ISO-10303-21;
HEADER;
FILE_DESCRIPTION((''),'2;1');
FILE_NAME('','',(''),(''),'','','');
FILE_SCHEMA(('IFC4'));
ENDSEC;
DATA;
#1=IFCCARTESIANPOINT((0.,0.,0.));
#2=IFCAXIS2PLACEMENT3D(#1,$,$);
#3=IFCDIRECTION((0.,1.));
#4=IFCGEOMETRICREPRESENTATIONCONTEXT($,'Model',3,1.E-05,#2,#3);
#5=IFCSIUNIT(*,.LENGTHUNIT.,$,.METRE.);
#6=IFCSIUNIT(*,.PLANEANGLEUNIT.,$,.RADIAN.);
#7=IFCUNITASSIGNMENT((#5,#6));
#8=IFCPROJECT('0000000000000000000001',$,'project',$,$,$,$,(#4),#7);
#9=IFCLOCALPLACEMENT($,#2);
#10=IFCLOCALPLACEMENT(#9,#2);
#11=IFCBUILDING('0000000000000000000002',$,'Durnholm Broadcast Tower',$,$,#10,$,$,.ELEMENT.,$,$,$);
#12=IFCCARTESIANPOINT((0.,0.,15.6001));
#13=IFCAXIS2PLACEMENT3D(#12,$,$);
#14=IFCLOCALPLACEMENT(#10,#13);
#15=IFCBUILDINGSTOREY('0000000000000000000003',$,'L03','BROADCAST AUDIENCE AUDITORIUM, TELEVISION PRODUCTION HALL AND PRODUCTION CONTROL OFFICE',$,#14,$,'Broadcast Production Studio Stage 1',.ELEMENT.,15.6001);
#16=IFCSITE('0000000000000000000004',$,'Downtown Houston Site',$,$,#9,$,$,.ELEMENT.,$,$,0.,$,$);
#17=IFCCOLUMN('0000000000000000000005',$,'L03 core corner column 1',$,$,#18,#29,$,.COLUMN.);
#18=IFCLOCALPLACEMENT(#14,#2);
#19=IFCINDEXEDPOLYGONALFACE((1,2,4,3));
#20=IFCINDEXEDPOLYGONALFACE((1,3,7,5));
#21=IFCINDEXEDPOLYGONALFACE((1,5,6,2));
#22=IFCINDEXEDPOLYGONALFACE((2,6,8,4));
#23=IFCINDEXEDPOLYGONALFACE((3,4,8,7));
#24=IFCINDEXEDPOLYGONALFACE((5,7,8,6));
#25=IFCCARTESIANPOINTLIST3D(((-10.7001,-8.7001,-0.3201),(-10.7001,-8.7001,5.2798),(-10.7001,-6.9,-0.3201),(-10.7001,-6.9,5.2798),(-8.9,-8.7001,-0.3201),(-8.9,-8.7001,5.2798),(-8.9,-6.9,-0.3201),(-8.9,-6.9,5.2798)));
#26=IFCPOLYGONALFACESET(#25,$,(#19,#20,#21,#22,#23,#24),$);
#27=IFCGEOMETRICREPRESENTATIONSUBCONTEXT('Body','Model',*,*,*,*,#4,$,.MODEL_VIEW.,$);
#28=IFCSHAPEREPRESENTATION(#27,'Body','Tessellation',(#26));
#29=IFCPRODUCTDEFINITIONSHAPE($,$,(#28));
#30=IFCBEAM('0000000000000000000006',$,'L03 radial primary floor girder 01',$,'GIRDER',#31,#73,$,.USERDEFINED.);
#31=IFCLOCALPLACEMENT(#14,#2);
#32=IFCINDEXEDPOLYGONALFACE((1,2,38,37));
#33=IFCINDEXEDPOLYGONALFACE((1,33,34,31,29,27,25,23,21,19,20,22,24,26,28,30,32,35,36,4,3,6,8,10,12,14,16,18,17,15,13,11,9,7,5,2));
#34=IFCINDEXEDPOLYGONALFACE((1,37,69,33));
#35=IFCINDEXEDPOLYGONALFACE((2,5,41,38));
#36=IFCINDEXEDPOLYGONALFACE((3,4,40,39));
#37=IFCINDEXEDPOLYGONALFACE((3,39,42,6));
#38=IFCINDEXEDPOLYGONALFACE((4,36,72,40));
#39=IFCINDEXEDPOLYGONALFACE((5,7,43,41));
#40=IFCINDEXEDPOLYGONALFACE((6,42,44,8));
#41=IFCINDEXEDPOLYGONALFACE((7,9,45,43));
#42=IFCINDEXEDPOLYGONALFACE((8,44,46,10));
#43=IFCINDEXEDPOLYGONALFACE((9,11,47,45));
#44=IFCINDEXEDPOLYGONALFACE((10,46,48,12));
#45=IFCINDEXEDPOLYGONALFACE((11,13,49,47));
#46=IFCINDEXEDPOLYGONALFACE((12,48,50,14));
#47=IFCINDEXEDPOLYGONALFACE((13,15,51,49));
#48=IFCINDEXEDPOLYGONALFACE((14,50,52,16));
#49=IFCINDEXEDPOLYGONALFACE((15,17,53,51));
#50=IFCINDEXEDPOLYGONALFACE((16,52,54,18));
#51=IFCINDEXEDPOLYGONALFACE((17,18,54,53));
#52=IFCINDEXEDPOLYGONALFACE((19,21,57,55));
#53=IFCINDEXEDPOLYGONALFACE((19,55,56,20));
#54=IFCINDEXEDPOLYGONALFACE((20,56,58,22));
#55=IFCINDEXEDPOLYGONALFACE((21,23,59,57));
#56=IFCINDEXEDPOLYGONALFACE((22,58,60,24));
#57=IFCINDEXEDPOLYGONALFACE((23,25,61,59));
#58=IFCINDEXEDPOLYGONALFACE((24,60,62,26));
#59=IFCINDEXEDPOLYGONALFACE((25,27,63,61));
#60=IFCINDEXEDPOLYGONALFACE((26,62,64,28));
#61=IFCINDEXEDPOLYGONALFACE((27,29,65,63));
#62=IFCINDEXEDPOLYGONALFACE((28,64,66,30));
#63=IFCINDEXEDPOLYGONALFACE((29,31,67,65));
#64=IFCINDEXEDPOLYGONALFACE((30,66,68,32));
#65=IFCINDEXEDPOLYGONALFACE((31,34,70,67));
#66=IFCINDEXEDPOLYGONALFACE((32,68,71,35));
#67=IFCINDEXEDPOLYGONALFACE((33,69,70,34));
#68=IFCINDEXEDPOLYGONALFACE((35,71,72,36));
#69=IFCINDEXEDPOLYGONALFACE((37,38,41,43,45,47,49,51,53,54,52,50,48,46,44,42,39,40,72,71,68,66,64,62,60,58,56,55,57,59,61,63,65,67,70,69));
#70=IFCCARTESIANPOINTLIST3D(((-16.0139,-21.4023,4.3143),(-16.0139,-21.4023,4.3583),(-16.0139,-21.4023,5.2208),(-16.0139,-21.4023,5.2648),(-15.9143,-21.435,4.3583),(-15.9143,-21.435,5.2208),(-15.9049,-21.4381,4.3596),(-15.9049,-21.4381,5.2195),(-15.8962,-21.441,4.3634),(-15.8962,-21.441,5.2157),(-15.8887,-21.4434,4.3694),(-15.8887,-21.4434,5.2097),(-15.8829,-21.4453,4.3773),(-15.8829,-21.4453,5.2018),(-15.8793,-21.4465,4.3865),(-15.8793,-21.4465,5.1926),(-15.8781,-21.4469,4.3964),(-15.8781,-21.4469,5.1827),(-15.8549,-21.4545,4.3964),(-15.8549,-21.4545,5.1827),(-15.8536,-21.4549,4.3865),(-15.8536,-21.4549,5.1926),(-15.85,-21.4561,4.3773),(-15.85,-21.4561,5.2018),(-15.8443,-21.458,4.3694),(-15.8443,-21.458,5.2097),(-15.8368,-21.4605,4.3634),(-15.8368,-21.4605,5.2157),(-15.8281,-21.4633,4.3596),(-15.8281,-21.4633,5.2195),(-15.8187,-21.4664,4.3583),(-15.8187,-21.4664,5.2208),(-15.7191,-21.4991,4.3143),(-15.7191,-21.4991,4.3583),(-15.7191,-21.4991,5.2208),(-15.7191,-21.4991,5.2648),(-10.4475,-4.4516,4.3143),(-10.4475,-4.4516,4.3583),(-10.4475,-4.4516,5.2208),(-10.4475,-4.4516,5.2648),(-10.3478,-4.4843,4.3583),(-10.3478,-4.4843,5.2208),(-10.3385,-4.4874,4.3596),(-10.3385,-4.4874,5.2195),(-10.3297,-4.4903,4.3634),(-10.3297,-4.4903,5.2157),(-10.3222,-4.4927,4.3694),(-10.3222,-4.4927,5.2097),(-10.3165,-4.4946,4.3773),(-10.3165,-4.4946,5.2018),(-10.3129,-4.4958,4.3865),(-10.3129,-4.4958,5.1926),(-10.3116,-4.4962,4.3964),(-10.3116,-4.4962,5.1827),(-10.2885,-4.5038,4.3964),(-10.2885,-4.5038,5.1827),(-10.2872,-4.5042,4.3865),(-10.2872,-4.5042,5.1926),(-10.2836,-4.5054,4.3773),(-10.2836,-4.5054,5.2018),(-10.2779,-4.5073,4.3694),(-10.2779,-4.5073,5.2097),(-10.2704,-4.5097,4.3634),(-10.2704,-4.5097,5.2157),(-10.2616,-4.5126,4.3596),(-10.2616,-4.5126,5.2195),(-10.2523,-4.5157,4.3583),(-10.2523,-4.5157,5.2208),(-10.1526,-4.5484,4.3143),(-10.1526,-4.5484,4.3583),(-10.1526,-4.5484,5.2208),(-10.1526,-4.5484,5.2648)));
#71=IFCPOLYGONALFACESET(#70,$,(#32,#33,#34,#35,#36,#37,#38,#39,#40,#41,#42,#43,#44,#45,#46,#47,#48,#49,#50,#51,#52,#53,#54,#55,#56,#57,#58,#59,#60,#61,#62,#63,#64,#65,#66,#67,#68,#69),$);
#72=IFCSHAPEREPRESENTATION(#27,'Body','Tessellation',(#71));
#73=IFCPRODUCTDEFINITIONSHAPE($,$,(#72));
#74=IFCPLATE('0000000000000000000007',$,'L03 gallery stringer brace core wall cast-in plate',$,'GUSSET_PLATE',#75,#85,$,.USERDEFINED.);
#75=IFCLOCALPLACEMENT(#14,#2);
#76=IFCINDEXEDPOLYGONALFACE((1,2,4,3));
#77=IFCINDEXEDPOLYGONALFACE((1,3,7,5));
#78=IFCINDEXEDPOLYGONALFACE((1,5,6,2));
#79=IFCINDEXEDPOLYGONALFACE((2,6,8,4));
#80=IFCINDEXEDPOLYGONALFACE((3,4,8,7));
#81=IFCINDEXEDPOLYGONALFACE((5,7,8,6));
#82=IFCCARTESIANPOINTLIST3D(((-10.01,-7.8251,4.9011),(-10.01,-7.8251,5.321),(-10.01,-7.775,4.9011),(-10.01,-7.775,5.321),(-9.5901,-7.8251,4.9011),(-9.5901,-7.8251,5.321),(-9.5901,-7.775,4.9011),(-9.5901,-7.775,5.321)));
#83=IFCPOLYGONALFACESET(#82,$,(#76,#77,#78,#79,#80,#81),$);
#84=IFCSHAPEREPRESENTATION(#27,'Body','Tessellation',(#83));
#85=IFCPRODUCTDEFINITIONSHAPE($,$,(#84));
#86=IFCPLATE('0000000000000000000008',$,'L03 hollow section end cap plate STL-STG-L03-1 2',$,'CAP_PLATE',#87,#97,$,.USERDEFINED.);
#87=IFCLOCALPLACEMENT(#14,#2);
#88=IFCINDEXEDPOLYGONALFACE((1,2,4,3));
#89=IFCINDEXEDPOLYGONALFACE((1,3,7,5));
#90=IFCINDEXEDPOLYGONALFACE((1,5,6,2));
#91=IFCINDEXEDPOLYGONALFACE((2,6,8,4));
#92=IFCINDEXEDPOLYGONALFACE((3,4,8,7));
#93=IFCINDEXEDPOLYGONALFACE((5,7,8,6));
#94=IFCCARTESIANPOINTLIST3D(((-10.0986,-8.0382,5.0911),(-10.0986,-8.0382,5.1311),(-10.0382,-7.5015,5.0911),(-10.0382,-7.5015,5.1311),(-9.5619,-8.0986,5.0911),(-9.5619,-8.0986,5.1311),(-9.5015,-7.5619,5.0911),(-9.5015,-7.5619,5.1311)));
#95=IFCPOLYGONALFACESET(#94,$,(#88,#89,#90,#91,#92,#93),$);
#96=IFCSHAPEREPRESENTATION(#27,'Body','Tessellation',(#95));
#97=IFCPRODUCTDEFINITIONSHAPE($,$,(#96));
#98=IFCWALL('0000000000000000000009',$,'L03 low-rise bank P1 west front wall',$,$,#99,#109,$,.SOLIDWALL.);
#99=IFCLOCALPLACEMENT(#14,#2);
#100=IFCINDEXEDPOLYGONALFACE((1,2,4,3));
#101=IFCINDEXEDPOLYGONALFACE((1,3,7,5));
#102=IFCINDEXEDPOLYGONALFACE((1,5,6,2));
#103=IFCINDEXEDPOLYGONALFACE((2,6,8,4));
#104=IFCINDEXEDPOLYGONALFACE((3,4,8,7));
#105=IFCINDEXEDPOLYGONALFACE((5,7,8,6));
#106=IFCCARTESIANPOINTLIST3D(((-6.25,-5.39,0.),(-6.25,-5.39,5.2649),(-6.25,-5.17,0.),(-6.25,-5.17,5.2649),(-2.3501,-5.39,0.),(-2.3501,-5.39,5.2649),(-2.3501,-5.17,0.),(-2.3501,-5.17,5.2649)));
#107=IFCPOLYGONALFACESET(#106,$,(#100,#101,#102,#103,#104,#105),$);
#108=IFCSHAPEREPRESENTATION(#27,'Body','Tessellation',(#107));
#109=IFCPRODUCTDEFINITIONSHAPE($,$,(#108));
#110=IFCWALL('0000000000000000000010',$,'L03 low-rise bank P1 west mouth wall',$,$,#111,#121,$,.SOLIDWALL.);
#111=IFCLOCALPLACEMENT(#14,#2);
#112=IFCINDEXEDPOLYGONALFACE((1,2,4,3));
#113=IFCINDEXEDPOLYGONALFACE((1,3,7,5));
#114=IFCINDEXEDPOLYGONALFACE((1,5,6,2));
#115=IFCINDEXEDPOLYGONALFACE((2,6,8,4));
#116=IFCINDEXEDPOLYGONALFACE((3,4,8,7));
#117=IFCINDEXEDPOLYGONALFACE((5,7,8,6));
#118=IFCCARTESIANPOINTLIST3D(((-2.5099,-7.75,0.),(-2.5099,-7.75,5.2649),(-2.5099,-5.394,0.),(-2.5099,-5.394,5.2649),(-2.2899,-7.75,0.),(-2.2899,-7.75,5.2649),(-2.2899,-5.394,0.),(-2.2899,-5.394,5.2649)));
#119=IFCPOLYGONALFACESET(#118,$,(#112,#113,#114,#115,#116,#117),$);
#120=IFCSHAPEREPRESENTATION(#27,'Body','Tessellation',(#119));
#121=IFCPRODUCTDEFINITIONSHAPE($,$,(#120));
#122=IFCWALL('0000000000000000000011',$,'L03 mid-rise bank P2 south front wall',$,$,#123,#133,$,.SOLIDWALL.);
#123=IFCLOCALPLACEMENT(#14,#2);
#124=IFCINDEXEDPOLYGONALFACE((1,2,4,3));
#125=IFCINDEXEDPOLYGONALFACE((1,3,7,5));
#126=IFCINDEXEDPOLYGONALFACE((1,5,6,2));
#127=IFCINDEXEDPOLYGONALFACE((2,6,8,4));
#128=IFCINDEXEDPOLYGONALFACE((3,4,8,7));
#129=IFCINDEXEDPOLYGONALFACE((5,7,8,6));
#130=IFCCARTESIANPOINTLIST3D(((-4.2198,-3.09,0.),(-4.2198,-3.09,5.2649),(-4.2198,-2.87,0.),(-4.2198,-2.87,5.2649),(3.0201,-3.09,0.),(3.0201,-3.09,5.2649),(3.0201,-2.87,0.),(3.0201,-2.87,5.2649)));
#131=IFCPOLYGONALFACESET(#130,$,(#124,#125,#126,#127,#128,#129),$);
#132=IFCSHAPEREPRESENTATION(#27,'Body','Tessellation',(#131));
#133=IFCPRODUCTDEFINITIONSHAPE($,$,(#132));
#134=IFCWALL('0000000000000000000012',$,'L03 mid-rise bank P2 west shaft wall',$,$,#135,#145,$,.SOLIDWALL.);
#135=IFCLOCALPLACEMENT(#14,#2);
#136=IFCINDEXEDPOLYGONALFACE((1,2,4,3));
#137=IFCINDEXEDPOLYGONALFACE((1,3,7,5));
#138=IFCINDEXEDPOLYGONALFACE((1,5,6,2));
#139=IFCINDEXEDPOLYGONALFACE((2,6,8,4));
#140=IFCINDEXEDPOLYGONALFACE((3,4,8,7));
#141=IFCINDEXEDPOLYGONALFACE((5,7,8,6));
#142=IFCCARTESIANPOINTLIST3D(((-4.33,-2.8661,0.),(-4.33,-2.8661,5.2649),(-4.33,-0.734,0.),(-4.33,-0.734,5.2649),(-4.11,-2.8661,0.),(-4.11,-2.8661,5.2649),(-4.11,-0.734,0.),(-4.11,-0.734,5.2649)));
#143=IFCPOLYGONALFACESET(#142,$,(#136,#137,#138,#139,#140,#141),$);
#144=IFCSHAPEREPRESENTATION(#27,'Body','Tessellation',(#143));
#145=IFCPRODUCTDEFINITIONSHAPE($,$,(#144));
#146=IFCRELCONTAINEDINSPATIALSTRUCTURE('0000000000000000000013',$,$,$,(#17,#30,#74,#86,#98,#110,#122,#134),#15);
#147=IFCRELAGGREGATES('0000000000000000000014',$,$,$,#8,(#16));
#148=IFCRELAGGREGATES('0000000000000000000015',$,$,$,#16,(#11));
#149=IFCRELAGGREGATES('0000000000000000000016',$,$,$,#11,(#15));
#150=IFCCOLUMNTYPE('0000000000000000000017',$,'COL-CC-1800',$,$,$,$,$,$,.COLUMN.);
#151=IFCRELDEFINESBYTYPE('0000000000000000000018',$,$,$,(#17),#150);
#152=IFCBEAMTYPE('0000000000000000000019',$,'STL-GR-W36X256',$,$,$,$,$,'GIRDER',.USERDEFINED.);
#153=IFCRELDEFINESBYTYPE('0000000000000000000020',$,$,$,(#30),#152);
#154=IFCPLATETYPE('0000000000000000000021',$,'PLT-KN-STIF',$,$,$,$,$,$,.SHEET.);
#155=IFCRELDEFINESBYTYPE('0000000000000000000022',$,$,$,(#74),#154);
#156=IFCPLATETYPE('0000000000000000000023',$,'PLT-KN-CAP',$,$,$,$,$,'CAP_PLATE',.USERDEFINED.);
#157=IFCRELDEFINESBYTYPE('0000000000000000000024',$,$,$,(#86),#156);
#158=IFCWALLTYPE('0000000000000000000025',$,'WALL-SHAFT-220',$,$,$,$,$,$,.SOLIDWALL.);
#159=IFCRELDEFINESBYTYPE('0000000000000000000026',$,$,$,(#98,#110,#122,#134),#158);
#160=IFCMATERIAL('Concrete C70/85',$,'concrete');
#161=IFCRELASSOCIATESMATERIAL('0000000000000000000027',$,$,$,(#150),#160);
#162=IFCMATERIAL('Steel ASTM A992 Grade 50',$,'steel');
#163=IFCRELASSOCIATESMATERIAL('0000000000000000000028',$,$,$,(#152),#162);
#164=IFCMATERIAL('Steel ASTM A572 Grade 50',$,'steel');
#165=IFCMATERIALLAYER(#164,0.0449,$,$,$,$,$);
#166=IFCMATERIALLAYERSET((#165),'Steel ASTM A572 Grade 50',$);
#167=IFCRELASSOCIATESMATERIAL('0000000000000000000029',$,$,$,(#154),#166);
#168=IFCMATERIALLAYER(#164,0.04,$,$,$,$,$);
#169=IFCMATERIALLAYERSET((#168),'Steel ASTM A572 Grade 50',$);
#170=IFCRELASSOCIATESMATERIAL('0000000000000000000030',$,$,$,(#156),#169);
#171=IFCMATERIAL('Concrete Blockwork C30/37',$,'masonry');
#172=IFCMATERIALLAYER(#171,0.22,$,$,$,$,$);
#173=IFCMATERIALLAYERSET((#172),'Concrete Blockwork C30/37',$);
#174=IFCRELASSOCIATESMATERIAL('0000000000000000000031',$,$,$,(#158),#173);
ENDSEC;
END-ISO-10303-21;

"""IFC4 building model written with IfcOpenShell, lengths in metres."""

from ifc_helpers import new_model, si_unit, direction, frame, frame_2d, origin, origin_2d, place, context, subcontext, project, spatial, rectangle, i_section, extrude, source, transform, mapped, material, layer, layer_set, material_profile, profile_set, type_object, type_shapes, element, save


model = new_model("IFC4")

# Units and contexts
model_context = context("Model", 3, precision=1e-05, world=origin(), true_north=direction((0.0, 1.0)))
body_context = subcontext(model_context, "Body", "Model", "MODEL_VIEW")
ifc_project = project(units=[si_unit("LENGTHUNIT", "METRE"), si_unit("PLANEANGLEUNIT", "RADIAN")], contexts=[model_context])

# Site, building, storey
site_placement = place(None, origin())
site = spatial("IfcSite", under=ifc_project, at=site_placement, Name="Downtown Houston Site", CompositionType="ELEMENT", RefElevation=0.0)
building_placement = place(site_placement, origin())
building = spatial("IfcBuilding", under=site, at=building_placement, Name="Durnholm Broadcast Tower", CompositionType="ELEMENT")
storey_placement = place(building_placement, frame((0.0, 0.0, 15.6001)))
storey = spatial("IfcBuildingStorey", under=building, at=storey_placement, Name="L03", Description="BROADCAST AUDIENCE AUDITORIUM, TELEVISION PRODUCTION HALL AND PRODUCTION CONTROL OFFICE", LongName="Broadcast Production Studio Stage 1", CompositionType="ELEMENT", Elevation=15.6001)

# Column
ifc_material_1 = material(Name="Concrete C70/85", Category="concrete")
ifc_material_profile_1 = material_profile(ifc_material_1, rectangle(XDim=1.8, YDim=1.8, at=origin_2d()), Name="RC1800X1800")
ifc_profile_set_1 = profile_set([ifc_material_profile_1], Name="Concrete C70/85")
column_type = type_object("IfcColumnType", Name="COL-CC-1800", PredefinedType="COLUMN", material=ifc_profile_set_1)
shared_shape_1 = source(origin(), body_context, "Body", "SweptSolid", [
    extrude(rectangle(XDim=1.8, YDim=1.8, at=origin_2d()), origin(), (0.0, 0.0, 1.0), 5.5999),
])
type_shapes(column_type, [shared_shape_1])
column_placement = place(storey_placement, frame((-9.8, -7.8, -0.3201), z_axis=(0.0, 0.0, 1.0), x_axis=(1.0, 0.0, 0.0)))
element("IfcColumn", 1, at=column_placement, inside=storey, type_object=column_type, Name="L03 core corner column 1", PredefinedType="COLUMN", context=body_context, shape_type="MappedRepresentation", body=[
    mapped(shared_shape_1, transform((0.0, 0.0, 0.0), x_axis=(1.0, 0.0, 0.0), y_axis=(0.0, 1.0, 0.0), z_axis=(0.0, 0.0, 1.0), scale=1.0)),
])

# Beam
ifc_material_2 = material(Name="Steel ASTM A992 Grade 50", Category="steel")
ifc_material_profile_2 = material_profile(ifc_material_2, i_section(OverallWidth=0.3103, OverallDepth=0.9504, WebThickness=0.0244, FlangeThickness=0.0439, FilletRadius=0.0381, at=origin_2d()), Name="W36X256")
ifc_profile_set_2 = profile_set([ifc_material_profile_2], Name="Steel ASTM A992 Grade 50")
beam_type = type_object("IfcBeamType", Name="STL-GR-W36X256", ElementType="GIRDER", PredefinedType="USERDEFINED", material=ifc_profile_set_2)
shared_shape_2 = source(origin(), body_context, "Body", "SweptSolid", [
    extrude(i_section(OverallWidth=0.3103, OverallDepth=0.9504, WebThickness=0.0244, FlangeThickness=0.0439, FilletRadius=0.0381, at=origin_2d()), origin(), (0.0, 0.0, 1.0), 17.8413),
])
type_shapes(beam_type, [shared_shape_2])
beam_placement = place(storey_placement, frame((-10.3, -4.5, 4.7896), z_axis=(-0.311996, -0.950083, 0.0), x_axis=(0.950083, -0.311996, 0.0)))
element("IfcBeam", 2, at=beam_placement, inside=storey, type_object=beam_type, Name="L03 radial primary floor girder 01", ObjectType="GIRDER", PredefinedType="USERDEFINED", context=body_context, shape_type="MappedRepresentation", body=[
    mapped(shared_shape_2, transform((0.0, 0.0, 0.0), x_axis=(1.0, 0.0, 0.0), y_axis=(0.0, 1.0, 0.0), z_axis=(0.0, 0.0, 1.0), scale=1.0)),
])

# Plates
ifc_material_3 = material(Name="Steel ASTM A572 Grade 50", Category="steel")
ifc_layer_1 = layer(ifc_material_3, 0.0449)
ifc_layer_set_1 = layer_set([ifc_layer_1], Name="Steel ASTM A572 Grade 50")
plate_type_1 = type_object("IfcPlateType", Name="PLT-KN-STIF", PredefinedType="SHEET", material=ifc_layer_set_1)
shared_shape_3 = source(origin(), body_context, "Body", "SweptSolid", [
    extrude(rectangle(XDim=0.4199, YDim=0.05, at=origin_2d()), origin(), (0.0, 0.0, 1.0), 0.4199),
])
type_shapes(plate_type_1, [shared_shape_3])
plate_1_placement = place(storey_placement, frame((-9.8, -7.8, 4.9011), z_axis=(0.0, 0.0, 1.0), x_axis=(1.0, 0.0, 0.0)))
element("IfcPlate", 3, at=plate_1_placement, inside=storey, type_object=plate_type_1, Name="L03 gallery stringer brace core wall cast-in plate", ObjectType="GUSSET_PLATE", PredefinedType="USERDEFINED", context=body_context, shape_type="MappedRepresentation", body=[
    mapped(shared_shape_3, transform((0.0, 0.0, 0.0), x_axis=(1.0, 0.0, 0.0), y_axis=(0.0, 1.0, 0.0), z_axis=(0.0, 0.0, 1.0), scale=1.0)),
])
ifc_layer_2 = layer(ifc_material_3, 0.04)
ifc_layer_set_2 = layer_set([ifc_layer_2], Name="Steel ASTM A572 Grade 50")
plate_type_2 = type_object("IfcPlateType", Name="PLT-KN-CAP", ElementType="CAP_PLATE", PredefinedType="USERDEFINED", material=ifc_layer_set_2)
shared_shape_4 = source(origin(), body_context, "Body", "SweptSolid", [
    extrude(rectangle(XDim=0.54, YDim=0.54, at=origin_2d()), origin(), (0.0, 0.0, 1.0), 0.04),
])
type_shapes(plate_type_2, [shared_shape_4])
plate_2_placement = place(storey_placement, frame((-9.8, -7.8, 5.0911), z_axis=(0.0, 0.0, 1.0), x_axis=(-0.993729, 0.111816, 0.0)))
element("IfcPlate", 4, at=plate_2_placement, inside=storey, type_object=plate_type_2, Name="L03 hollow section end cap plate STL-STG-L03-1 2", ObjectType="CAP_PLATE", PredefinedType="USERDEFINED", context=body_context, shape_type="MappedRepresentation", body=[
    mapped(shared_shape_4, transform((0.0, 0.0, 0.0), x_axis=(1.0, 0.0, 0.0), y_axis=(0.0, 1.0, 0.0), z_axis=(0.0, 0.0, 1.0), scale=1.0)),
])

# Walls
ifc_material_4 = material(Name="Concrete Blockwork C30/37", Category="masonry")
ifc_layer_3 = layer(ifc_material_4, 0.22)
ifc_layer_set_3 = layer_set([ifc_layer_3], Name="Concrete Blockwork C30/37")
wall_type_1 = type_object("IfcWallType", Name="WALL-SHAFT-220", PredefinedType="SOLIDWALL", material=ifc_layer_set_3)
wall_1_placement = place(storey_placement, frame((-6.25, -5.28, 0.0), z_axis=(0.0, 0.0, 1.0), x_axis=(1.0, 0.0, 0.0)))
element("IfcWall", 5, at=wall_1_placement, inside=storey, type_object=wall_type_1, Name="L03 low-rise bank P1 west front wall", PredefinedType="SOLIDWALL", context=body_context, shape_type="SweptSolid", body=[
    extrude(rectangle(XDim=3.8999, YDim=0.22, at=frame_2d((1.95, 0.0))), origin(), (0.0, 0.0, 1.0), 5.2649),
])
wall_2_placement = place(storey_placement, frame((-2.3999, -7.75, 0.0), z_axis=(0.0, 0.0, 1.0), x_axis=(0.0, 1.0, 0.0)))
element("IfcWall", 6, at=wall_2_placement, inside=storey, type_object=wall_type_1, Name="L03 low-rise bank P1 west mouth wall", PredefinedType="SOLIDWALL", context=body_context, shape_type="SweptSolid", body=[
    extrude(rectangle(XDim=2.356, YDim=0.22, at=frame_2d((1.178, 0.0))), origin(), (0.0, 0.0, 1.0), 5.2649),
])
wall_3_placement = place(storey_placement, frame((-4.22, -2.98, 0.0), z_axis=(0.0, 0.0, 1.0), x_axis=(1.0, 0.0, 0.0)))
element("IfcWall", 7, at=wall_3_placement, inside=storey, type_object=wall_type_1, Name="L03 mid-rise bank P2 south front wall", PredefinedType="SOLIDWALL", context=body_context, shape_type="SweptSolid", body=[
    extrude(rectangle(XDim=7.24, YDim=0.22, at=frame_2d((3.6201, 0.0))), origin(), (0.0, 0.0, 1.0), 5.2649),
])
wall_4_placement = place(storey_placement, frame((-4.22, -2.866, 0.0), z_axis=(0.0, 0.0, 1.0), x_axis=(0.0, 1.0, 0.0)))
element("IfcWall", 8, at=wall_4_placement, inside=storey, type_object=wall_type_1, Name="L03 mid-rise bank P2 west shaft wall", PredefinedType="SOLIDWALL", context=body_context, shape_type="SweptSolid", body=[
    extrude(rectangle(XDim=2.1321, YDim=0.22, at=frame_2d((1.0659, 0.0))), origin(), (0.0, 0.0, 1.0), 5.2649),
])

save(model, "model.ifc")
